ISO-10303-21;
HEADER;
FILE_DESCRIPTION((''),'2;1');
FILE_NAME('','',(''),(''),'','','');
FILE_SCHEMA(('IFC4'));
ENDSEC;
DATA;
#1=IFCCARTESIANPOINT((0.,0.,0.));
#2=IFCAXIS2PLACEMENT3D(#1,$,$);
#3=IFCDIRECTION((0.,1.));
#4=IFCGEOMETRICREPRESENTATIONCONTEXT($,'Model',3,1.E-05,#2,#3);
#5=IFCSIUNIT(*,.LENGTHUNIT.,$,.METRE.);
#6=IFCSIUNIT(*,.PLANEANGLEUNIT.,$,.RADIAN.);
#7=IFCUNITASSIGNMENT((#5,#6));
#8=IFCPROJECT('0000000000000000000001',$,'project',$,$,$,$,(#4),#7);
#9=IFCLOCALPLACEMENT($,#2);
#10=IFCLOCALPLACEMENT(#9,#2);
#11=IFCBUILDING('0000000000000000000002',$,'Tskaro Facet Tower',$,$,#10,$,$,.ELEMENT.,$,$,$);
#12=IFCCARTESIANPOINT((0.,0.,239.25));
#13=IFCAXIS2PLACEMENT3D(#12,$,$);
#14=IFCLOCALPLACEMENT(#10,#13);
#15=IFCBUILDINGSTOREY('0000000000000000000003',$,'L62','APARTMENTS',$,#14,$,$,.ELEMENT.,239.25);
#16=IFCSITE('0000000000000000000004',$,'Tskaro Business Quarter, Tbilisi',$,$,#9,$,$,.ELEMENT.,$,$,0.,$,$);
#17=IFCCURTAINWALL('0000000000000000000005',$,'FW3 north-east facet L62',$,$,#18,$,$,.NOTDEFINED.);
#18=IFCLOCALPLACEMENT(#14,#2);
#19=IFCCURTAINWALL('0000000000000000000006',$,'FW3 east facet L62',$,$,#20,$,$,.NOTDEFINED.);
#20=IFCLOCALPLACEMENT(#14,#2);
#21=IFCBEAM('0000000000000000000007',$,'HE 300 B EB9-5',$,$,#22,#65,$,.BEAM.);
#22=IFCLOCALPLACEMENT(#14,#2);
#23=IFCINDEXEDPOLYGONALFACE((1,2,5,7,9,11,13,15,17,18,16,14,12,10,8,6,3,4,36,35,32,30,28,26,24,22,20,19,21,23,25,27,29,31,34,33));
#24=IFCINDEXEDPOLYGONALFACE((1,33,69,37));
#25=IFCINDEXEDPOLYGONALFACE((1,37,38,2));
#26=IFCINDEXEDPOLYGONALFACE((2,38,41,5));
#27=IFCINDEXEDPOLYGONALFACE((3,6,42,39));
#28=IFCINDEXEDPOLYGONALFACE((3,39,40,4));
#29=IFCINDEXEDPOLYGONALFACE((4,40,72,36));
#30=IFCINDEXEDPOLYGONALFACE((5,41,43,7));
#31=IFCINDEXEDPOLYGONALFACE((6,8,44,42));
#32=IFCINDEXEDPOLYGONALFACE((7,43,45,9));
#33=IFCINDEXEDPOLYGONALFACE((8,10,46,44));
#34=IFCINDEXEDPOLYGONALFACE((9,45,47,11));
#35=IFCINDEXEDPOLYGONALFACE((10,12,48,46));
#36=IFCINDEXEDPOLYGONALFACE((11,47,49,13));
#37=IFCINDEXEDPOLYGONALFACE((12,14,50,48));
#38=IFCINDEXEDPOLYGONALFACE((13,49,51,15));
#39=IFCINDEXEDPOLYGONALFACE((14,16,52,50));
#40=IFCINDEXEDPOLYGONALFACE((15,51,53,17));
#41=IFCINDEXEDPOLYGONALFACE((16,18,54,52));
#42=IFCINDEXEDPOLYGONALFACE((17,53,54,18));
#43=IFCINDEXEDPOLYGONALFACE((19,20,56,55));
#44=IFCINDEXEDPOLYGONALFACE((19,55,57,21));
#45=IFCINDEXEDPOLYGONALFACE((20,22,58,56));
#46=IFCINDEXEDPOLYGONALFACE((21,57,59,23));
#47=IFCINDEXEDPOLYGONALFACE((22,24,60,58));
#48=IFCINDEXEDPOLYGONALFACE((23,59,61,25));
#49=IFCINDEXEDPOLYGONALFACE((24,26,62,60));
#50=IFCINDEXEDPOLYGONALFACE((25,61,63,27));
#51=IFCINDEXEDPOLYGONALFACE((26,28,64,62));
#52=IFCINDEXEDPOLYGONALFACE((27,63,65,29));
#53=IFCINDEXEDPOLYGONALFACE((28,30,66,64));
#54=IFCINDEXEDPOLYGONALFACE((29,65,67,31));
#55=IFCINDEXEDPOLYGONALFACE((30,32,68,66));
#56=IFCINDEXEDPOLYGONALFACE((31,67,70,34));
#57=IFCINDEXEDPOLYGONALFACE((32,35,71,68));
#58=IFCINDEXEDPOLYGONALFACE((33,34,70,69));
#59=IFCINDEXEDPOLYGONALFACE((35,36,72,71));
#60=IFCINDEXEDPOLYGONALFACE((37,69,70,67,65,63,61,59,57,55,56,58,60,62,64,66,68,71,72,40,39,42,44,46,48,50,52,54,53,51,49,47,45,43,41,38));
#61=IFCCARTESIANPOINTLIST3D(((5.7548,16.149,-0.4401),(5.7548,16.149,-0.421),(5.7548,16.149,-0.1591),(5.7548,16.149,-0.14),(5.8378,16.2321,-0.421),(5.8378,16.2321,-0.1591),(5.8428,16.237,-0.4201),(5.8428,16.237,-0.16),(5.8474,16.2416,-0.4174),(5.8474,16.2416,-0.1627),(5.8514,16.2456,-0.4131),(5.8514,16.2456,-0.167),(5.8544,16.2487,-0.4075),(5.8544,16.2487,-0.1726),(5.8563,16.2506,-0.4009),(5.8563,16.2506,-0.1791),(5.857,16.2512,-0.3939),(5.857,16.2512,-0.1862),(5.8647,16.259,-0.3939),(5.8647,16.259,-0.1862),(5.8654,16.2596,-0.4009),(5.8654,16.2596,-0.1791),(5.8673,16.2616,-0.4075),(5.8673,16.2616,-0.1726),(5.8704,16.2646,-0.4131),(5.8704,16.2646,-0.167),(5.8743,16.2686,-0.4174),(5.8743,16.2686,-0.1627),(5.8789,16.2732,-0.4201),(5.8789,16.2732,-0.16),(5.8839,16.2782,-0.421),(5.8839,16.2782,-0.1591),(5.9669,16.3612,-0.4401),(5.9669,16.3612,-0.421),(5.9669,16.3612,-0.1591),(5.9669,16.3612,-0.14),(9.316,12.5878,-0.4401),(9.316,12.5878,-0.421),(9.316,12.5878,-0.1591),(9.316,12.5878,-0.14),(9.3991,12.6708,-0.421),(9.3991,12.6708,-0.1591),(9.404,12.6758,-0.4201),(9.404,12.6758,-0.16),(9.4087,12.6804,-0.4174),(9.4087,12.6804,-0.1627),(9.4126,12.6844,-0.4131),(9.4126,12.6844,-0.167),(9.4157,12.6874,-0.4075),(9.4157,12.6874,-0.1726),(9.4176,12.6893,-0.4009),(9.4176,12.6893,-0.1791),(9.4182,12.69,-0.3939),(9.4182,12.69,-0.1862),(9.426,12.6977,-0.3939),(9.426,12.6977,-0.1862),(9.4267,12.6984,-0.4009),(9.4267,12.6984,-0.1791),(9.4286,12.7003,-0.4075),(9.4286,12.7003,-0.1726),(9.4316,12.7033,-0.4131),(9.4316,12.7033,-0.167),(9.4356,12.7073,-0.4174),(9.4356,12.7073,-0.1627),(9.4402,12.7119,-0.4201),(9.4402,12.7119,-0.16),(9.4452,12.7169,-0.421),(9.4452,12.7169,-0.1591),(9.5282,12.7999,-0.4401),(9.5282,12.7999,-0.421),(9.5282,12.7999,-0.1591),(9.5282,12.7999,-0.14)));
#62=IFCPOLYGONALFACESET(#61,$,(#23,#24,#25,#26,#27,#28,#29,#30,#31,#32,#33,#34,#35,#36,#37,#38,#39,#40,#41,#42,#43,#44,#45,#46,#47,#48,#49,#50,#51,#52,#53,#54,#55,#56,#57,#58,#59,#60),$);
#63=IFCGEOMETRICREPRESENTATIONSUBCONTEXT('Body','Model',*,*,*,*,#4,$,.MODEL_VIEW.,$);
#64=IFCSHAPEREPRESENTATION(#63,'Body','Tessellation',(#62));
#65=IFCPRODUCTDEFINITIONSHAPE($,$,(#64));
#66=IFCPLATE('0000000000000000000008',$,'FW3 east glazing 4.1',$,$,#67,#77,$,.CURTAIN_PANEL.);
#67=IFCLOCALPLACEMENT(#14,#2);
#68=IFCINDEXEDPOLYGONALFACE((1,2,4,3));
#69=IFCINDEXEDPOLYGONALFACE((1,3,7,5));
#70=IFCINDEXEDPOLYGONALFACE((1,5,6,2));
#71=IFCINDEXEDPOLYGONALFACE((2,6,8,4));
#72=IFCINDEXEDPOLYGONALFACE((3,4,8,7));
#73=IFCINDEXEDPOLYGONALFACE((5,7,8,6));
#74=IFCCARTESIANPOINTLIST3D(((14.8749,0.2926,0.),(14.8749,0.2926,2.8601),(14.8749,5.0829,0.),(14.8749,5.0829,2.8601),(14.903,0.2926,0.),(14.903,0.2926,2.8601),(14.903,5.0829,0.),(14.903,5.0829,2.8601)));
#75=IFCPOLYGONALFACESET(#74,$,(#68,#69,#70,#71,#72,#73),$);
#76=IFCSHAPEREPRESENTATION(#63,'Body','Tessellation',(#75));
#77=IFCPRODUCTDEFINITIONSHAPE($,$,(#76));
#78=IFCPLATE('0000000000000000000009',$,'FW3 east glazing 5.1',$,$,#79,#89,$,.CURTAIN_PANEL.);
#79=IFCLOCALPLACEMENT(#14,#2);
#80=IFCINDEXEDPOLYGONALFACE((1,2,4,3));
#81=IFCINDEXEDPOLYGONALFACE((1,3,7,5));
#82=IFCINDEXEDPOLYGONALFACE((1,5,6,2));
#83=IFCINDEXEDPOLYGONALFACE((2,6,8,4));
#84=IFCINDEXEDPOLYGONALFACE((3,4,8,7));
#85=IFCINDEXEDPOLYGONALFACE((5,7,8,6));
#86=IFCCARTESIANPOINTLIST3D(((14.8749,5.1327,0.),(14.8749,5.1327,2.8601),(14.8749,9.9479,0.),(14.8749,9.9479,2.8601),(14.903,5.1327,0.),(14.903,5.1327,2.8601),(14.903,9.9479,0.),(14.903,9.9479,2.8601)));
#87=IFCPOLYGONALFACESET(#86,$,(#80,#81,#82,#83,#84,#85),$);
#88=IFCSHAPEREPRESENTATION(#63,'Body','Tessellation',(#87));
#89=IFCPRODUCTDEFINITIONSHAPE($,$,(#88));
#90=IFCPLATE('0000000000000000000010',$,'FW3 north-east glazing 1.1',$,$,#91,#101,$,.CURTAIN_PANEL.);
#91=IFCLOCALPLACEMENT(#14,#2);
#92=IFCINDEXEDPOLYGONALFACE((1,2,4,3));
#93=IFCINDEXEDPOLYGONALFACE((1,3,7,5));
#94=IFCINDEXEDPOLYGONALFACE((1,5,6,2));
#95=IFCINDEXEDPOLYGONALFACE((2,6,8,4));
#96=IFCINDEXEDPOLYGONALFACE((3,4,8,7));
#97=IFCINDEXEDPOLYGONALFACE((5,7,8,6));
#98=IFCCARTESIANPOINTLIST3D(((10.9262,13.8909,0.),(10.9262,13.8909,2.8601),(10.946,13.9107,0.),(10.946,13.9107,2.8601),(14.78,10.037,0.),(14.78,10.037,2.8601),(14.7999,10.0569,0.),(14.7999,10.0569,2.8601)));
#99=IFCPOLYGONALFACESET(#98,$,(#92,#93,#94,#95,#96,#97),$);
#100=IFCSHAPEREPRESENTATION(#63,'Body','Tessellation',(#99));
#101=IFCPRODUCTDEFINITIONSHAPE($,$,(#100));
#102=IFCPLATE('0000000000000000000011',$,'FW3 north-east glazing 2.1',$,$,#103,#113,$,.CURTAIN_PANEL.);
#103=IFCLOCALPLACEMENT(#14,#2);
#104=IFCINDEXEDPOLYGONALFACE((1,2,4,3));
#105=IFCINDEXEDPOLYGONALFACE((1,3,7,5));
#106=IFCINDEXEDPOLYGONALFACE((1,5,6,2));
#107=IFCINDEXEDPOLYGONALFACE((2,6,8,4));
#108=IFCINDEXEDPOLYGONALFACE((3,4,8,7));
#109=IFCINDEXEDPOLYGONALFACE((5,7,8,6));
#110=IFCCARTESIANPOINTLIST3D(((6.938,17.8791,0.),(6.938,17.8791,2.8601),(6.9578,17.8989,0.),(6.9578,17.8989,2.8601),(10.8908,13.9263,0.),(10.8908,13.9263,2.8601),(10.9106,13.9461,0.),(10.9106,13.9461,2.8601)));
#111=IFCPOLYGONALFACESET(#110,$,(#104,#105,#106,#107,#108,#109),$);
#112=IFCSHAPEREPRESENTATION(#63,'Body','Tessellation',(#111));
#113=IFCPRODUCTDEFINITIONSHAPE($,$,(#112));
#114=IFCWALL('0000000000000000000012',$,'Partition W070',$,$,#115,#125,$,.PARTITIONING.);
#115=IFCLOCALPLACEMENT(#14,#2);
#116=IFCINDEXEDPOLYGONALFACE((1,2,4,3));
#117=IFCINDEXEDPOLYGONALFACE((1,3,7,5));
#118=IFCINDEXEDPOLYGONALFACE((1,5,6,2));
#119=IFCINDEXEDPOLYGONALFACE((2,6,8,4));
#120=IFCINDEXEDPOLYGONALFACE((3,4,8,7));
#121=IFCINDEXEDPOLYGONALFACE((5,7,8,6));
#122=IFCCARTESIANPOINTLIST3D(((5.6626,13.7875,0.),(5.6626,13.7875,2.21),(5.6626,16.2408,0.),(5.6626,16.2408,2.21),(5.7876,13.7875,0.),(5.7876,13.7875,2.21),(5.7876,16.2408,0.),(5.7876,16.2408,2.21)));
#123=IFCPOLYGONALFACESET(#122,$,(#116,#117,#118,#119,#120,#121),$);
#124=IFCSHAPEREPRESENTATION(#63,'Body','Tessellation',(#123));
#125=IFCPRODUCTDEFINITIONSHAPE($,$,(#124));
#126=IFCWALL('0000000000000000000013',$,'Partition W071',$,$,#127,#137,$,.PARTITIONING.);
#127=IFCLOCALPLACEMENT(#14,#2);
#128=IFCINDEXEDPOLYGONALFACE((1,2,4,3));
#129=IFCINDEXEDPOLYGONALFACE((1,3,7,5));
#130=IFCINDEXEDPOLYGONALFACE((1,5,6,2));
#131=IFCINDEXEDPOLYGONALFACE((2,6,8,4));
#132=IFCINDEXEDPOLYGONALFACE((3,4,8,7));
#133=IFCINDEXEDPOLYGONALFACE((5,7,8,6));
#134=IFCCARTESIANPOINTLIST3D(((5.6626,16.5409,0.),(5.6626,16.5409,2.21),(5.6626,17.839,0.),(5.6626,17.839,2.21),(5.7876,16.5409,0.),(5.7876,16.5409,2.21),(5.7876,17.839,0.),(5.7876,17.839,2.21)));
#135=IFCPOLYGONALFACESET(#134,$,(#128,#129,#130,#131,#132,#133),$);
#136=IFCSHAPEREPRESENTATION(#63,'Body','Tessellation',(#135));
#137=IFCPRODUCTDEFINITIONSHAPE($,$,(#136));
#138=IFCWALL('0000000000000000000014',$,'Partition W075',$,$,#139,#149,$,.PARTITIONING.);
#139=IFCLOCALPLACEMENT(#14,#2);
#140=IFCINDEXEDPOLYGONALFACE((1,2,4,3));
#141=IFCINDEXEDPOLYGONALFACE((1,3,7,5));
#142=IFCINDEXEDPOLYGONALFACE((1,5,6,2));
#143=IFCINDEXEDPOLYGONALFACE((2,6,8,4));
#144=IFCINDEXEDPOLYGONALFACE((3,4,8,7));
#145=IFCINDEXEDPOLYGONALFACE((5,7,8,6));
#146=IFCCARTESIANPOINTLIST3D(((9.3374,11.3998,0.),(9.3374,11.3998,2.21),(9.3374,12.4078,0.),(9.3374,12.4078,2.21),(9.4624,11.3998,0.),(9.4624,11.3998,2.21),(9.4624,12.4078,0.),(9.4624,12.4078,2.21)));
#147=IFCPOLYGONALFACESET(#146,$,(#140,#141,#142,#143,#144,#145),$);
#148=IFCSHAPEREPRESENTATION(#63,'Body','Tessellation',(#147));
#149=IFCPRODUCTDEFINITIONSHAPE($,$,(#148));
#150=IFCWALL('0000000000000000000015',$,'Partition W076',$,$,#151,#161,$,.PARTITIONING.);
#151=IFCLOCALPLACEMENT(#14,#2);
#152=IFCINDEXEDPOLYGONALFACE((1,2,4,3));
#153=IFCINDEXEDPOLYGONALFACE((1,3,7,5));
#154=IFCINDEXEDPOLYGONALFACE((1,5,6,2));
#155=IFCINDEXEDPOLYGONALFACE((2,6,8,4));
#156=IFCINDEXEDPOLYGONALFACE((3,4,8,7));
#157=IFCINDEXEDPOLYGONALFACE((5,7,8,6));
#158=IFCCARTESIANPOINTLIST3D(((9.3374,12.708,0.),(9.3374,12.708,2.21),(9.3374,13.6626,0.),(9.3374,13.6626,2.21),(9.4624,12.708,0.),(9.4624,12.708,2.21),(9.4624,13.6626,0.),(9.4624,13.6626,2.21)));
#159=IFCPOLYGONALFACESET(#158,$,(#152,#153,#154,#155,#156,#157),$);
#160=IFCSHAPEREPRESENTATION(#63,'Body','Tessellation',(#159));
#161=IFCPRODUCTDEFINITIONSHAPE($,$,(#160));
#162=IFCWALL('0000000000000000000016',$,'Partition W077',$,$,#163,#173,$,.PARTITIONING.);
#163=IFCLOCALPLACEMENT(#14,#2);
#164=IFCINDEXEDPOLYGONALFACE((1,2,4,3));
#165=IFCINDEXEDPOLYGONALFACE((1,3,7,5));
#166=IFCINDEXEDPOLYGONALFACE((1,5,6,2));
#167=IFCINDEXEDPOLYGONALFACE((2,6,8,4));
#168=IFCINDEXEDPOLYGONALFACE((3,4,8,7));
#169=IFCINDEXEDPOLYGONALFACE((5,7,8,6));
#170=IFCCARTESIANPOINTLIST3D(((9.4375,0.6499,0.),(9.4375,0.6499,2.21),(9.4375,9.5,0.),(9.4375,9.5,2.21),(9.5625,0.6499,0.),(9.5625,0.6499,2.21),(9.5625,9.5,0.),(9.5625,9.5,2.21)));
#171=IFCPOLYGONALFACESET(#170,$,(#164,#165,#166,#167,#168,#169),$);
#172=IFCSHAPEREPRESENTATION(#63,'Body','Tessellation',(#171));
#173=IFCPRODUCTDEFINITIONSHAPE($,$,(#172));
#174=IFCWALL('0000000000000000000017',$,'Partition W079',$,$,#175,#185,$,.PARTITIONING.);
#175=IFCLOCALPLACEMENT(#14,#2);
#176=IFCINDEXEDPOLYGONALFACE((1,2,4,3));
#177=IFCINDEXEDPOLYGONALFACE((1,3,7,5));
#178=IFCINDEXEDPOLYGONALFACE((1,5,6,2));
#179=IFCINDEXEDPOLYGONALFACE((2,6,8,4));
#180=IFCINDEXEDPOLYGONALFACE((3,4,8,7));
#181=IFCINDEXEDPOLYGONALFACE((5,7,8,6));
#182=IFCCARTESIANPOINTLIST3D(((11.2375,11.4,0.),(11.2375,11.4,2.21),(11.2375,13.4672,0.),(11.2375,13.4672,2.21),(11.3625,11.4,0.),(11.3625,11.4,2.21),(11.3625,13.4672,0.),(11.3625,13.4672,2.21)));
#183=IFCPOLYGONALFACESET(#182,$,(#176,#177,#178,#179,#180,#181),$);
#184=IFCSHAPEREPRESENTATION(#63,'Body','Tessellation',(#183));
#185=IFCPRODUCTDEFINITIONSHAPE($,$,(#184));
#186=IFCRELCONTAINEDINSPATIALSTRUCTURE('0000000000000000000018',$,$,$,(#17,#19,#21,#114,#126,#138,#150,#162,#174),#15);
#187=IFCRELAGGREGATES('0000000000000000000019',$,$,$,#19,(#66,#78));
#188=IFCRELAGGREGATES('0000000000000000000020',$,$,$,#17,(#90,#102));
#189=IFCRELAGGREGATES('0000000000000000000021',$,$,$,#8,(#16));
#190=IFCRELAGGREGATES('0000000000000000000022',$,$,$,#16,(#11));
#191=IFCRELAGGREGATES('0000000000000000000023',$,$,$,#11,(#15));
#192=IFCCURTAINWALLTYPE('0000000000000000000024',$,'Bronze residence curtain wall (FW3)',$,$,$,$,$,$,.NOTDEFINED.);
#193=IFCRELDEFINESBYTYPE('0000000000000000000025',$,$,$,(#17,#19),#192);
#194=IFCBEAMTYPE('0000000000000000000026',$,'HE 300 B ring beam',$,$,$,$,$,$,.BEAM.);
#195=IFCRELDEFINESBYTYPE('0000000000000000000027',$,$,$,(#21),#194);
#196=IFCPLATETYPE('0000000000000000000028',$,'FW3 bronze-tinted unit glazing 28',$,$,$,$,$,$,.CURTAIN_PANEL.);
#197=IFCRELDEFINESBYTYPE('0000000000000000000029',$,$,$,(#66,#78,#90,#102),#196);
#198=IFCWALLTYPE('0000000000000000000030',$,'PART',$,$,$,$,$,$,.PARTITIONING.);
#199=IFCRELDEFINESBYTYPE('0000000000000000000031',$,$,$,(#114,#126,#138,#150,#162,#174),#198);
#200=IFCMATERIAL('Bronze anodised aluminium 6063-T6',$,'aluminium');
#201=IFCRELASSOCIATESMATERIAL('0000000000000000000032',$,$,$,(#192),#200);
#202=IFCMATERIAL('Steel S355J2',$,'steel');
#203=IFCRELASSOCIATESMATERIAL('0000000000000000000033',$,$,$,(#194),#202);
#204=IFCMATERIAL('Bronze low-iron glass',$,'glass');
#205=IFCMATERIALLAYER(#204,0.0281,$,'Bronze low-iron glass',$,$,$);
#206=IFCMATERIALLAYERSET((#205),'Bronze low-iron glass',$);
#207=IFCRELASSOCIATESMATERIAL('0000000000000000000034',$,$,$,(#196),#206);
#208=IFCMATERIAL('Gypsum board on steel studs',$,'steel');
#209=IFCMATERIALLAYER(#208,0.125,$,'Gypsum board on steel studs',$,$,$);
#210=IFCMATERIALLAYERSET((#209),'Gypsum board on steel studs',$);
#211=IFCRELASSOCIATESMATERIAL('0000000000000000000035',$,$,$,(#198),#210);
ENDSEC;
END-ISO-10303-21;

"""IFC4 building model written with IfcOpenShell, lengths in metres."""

from ifc_helpers import new_model, si_unit, direction, frame, frame_2d, origin, origin_2d, place, context, subcontext, project, spatial, rectangle, i_section, extrude, material, layer, layer_set, material_profile, profile_set, type_object, element, aggregate, save


model = new_model("IFC4")

# Units and contexts
model_context = context("Model", 3, precision=1e-05, world=origin(), true_north=direction((0.0, 1.0)))
body_context = subcontext(model_context, "Body", "Model", "MODEL_VIEW")
ifc_project = project(units=[si_unit("LENGTHUNIT", "METRE"), si_unit("PLANEANGLEUNIT", "RADIAN")], contexts=[model_context])

# Site, building, storey
site_placement = place(None, origin())
site = spatial("IfcSite", under=ifc_project, at=site_placement, Name="Tskaro Business Quarter, Tbilisi", CompositionType="ELEMENT", RefElevation=0.0)
building_placement = place(site_placement, origin())
building = spatial("IfcBuilding", under=site, at=building_placement, Name="Tskaro Facet Tower", CompositionType="ELEMENT")
storey_placement = place(building_placement, frame((0.0, 0.0, 239.25)))
storey = spatial("IfcBuildingStorey", under=building, at=storey_placement, Name="L62", Description="APARTMENTS", CompositionType="ELEMENT", Elevation=239.25)

# Shared definitions
ifc_material_1 = material(Name="Steel S355J2", Category="steel")

# Curtain wall
ifc_material_2 = material(Name="Bronze anodised aluminium 6063-T6", Category="aluminium")
curtain_wall_type = type_object("IfcCurtainWallType", Name="Bronze residence curtain wall (FW3)", PredefinedType="NOTDEFINED", material=ifc_material_2)
curtain_wall_1_placement = place(storey_placement, origin())
curtain_wall_1 = element("IfcCurtainWall", 1, at=curtain_wall_1_placement, inside=storey, type_object=curtain_wall_type, Name="FW3 north-east facet L62", PredefinedType="NOTDEFINED")

# Curtain wall
curtain_wall_2_placement = place(storey_placement, origin())
curtain_wall_2 = element("IfcCurtainWall", 2, at=curtain_wall_2_placement, inside=storey, type_object=curtain_wall_type, Name="FW3 east facet L62", PredefinedType="NOTDEFINED")

# Beam
ifc_material_profile_1 = material_profile(ifc_material_1, i_section(OverallWidth=0.3, OverallDepth=0.3, WebThickness=0.011, FlangeThickness=0.019, FilletRadius=0.0271, at=origin_2d()), Name="HE 300 B")
ifc_profile_set_1 = profile_set([ifc_material_profile_1], Name="Steel S355J2")
beam_type = type_object("IfcBeamType", Name="HE 300 B ring beam", PredefinedType="BEAM", material=ifc_profile_set_1)
for number, where, z_axis, x_axis, name in (
    (3, (9.4221, 12.6938, -0.29), (-0.707107, 0.707107, 0.0), (-0.707107, -0.707107, 0.0), "HE 300 B EB9-5"),
):
    element("IfcBeam", number, at=place(storey_placement, frame(where, z_axis=z_axis, x_axis=x_axis)), inside=storey, type_object=beam_type, Name=name, PredefinedType="BEAM", context=body_context, shape_type="SweptSolid", body=[
        extrude(i_section(OverallWidth=0.3, OverallDepth=0.3, WebThickness=0.011, FlangeThickness=0.019, FilletRadius=0.0271, at=origin_2d()), origin(), (0.0, 0.0, 1.0), 5.0364),
    ])

# Plates
ifc_material_3 = material(Name="Bronze low-iron glass", Category="glass")
ifc_layer_1 = layer(ifc_material_3, 0.0281, Name="Bronze low-iron glass")
ifc_layer_set_1 = layer_set([ifc_layer_1], Name="Bronze low-iron glass")
plate_type = type_object("IfcPlateType", Name="FW3 bronze-tinted unit glazing 28", PredefinedType="CURTAIN_PANEL", material=ifc_layer_set_1)
plate_1_placement = place(storey_placement, frame((14.8889, 2.6877, 0.0), z_axis=(0.0, 0.0, 1.0), x_axis=(0.0, 1.0, 0.0)))
plate_1 = element("IfcPlate", 4, at=plate_1_placement, type_object=plate_type, Name="FW3 east glazing 4.1", PredefinedType="CURTAIN_PANEL", context=body_context, shape_type="SweptSolid", body=[
    extrude(rectangle(XDim=4.7903, YDim=0.0281, at=origin_2d()), origin(), (0.0, 0.0, 1.0), 2.8601),
])
plate_2_placement = place(storey_placement, frame((14.8889, 7.5403, 0.0), z_axis=(0.0, 0.0, 1.0), x_axis=(0.0, 1.0, 0.0)))
plate_2 = element("IfcPlate", 5, at=plate_2_placement, type_object=plate_type, Name="FW3 east glazing 5.1", PredefinedType="CURTAIN_PANEL", context=body_context, shape_type="SweptSolid", body=[
    extrude(rectangle(XDim=4.8152, YDim=0.0281, at=origin_2d()), origin(), (0.0, 0.0, 1.0), 2.8601),
])
aggregate(curtain_wall_2, [plate_1, plate_2])
plate_3_placement = place(storey_placement, frame((12.863, 11.9739, 0.0), z_axis=(0.0, 0.0, 1.0), x_axis=(-0.707107, 0.707107, 0.0)))
plate_3 = element("IfcPlate", 6, at=plate_3_placement, type_object=plate_type, Name="FW3 north-east glazing 1.1", PredefinedType="CURTAIN_PANEL", context=body_context, shape_type="SweptSolid", body=[
    extrude(rectangle(XDim=5.4502, YDim=0.0281, at=origin_2d()), origin(), (0.0, 0.0, 1.0), 2.8601),
])
plate_4_placement = place(storey_placement, frame((8.9243, 15.9126, 0.0), z_axis=(0.0, 0.0, 1.0), x_axis=(-0.707107, 0.707107, 0.0)))
plate_4 = element("IfcPlate", 7, at=plate_4_placement, type_object=plate_type, Name="FW3 north-east glazing 2.1", PredefinedType="CURTAIN_PANEL", context=body_context, shape_type="SweptSolid", body=[
    extrude(rectangle(XDim=5.5901, YDim=0.0281, at=origin_2d()), origin(), (0.0, 0.0, 1.0), 2.8601),
])
aggregate(curtain_wall_1, [plate_3, plate_4])

# Walls
ifc_material_4 = material(Name="Gypsum board on steel studs", Category="steel")
ifc_layer_2 = layer(ifc_material_4, 0.125, Name="Gypsum board on steel studs")
ifc_layer_set_2 = layer_set([ifc_layer_2], Name="Gypsum board on steel studs")
wall_type_1 = type_object("IfcWallType", Name="PART", PredefinedType="PARTITIONING", material=ifc_layer_set_2)
wall_1_placement = place(storey_placement, frame((5.7251, 13.7876, 0.0), z_axis=(0.0, 0.0, 1.0), x_axis=(0.0, 1.0, 0.0)))
element("IfcWall", 8, at=wall_1_placement, inside=storey, type_object=wall_type_1, Name="Partition W070", PredefinedType="PARTITIONING", context=body_context, shape_type="SweptSolid", body=[
    extrude(rectangle(XDim=2.4534, YDim=0.125, at=frame_2d((1.2266, 0.0))), origin(), (0.0, 0.0, 1.0), 2.21),
])
wall_2_placement = place(storey_placement, frame((5.7251, 16.541, 0.0), z_axis=(0.0, 0.0, 1.0), x_axis=(0.0, 1.0, 0.0)))
element("IfcWall", 9, at=wall_2_placement, inside=storey, type_object=wall_type_1, Name="Partition W071", PredefinedType="PARTITIONING", context=body_context, shape_type="SweptSolid", body=[
    extrude(rectangle(XDim=1.2981, YDim=0.125, at=frame_2d((0.6489, 0.0))), origin(), (0.0, 0.0, 1.0), 2.21),
])
wall_3_placement = place(storey_placement, frame((9.3999, 11.3999, 0.0), z_axis=(0.0, 0.0, 1.0), x_axis=(0.0, 1.0, 0.0)))
element("IfcWall", 10, at=wall_3_placement, inside=storey, type_object=wall_type_1, Name="Partition W075", PredefinedType="PARTITIONING", context=body_context, shape_type="SweptSolid", body=[
    extrude(rectangle(XDim=1.0081, YDim=0.125, at=frame_2d((0.5039, 0.0))), origin(), (0.0, 0.0, 1.0), 2.21),
])
wall_4_placement = place(storey_placement, frame((9.3999, 12.708, 0.0), z_axis=(0.0, 0.0, 1.0), x_axis=(0.0, 1.0, 0.0)))
element("IfcWall", 11, at=wall_4_placement, inside=storey, type_object=wall_type_1, Name="Partition W076", PredefinedType="PARTITIONING", context=body_context, shape_type="SweptSolid", body=[
    extrude(rectangle(XDim=0.9546, YDim=0.125, at=frame_2d((0.4773, 0.0))), origin(), (0.0, 0.0, 1.0), 2.21),
])
wall_5_placement = place(storey_placement, frame((9.5, 0.6499, 0.0), z_axis=(0.0, 0.0, 1.0), x_axis=(0.0, 1.0, 0.0)))
element("IfcWall", 12, at=wall_5_placement, inside=storey, type_object=wall_type_1, Name="Partition W077", PredefinedType="PARTITIONING", context=body_context, shape_type="SweptSolid", body=[
    extrude(rectangle(XDim=8.8501, YDim=0.125, at=frame_2d((4.425, 0.0))), origin(), (0.0, 0.0, 1.0), 2.21),
])
wall_6_placement = place(storey_placement, frame((11.3, 11.3999, 0.0), z_axis=(0.0, 0.0, 1.0), x_axis=(0.0, 1.0, 0.0)))
element("IfcWall", 13, at=wall_6_placement, inside=storey, type_object=wall_type_1, Name="Partition W079", PredefinedType="PARTITIONING", context=body_context, shape_type="SweptSolid", body=[
    extrude(rectangle(XDim=2.0671, YDim=0.125, at=frame_2d((1.0337, 0.0))), origin(), (0.0, 0.0, 1.0), 2.21),
])

save(model, "model.ifc")
